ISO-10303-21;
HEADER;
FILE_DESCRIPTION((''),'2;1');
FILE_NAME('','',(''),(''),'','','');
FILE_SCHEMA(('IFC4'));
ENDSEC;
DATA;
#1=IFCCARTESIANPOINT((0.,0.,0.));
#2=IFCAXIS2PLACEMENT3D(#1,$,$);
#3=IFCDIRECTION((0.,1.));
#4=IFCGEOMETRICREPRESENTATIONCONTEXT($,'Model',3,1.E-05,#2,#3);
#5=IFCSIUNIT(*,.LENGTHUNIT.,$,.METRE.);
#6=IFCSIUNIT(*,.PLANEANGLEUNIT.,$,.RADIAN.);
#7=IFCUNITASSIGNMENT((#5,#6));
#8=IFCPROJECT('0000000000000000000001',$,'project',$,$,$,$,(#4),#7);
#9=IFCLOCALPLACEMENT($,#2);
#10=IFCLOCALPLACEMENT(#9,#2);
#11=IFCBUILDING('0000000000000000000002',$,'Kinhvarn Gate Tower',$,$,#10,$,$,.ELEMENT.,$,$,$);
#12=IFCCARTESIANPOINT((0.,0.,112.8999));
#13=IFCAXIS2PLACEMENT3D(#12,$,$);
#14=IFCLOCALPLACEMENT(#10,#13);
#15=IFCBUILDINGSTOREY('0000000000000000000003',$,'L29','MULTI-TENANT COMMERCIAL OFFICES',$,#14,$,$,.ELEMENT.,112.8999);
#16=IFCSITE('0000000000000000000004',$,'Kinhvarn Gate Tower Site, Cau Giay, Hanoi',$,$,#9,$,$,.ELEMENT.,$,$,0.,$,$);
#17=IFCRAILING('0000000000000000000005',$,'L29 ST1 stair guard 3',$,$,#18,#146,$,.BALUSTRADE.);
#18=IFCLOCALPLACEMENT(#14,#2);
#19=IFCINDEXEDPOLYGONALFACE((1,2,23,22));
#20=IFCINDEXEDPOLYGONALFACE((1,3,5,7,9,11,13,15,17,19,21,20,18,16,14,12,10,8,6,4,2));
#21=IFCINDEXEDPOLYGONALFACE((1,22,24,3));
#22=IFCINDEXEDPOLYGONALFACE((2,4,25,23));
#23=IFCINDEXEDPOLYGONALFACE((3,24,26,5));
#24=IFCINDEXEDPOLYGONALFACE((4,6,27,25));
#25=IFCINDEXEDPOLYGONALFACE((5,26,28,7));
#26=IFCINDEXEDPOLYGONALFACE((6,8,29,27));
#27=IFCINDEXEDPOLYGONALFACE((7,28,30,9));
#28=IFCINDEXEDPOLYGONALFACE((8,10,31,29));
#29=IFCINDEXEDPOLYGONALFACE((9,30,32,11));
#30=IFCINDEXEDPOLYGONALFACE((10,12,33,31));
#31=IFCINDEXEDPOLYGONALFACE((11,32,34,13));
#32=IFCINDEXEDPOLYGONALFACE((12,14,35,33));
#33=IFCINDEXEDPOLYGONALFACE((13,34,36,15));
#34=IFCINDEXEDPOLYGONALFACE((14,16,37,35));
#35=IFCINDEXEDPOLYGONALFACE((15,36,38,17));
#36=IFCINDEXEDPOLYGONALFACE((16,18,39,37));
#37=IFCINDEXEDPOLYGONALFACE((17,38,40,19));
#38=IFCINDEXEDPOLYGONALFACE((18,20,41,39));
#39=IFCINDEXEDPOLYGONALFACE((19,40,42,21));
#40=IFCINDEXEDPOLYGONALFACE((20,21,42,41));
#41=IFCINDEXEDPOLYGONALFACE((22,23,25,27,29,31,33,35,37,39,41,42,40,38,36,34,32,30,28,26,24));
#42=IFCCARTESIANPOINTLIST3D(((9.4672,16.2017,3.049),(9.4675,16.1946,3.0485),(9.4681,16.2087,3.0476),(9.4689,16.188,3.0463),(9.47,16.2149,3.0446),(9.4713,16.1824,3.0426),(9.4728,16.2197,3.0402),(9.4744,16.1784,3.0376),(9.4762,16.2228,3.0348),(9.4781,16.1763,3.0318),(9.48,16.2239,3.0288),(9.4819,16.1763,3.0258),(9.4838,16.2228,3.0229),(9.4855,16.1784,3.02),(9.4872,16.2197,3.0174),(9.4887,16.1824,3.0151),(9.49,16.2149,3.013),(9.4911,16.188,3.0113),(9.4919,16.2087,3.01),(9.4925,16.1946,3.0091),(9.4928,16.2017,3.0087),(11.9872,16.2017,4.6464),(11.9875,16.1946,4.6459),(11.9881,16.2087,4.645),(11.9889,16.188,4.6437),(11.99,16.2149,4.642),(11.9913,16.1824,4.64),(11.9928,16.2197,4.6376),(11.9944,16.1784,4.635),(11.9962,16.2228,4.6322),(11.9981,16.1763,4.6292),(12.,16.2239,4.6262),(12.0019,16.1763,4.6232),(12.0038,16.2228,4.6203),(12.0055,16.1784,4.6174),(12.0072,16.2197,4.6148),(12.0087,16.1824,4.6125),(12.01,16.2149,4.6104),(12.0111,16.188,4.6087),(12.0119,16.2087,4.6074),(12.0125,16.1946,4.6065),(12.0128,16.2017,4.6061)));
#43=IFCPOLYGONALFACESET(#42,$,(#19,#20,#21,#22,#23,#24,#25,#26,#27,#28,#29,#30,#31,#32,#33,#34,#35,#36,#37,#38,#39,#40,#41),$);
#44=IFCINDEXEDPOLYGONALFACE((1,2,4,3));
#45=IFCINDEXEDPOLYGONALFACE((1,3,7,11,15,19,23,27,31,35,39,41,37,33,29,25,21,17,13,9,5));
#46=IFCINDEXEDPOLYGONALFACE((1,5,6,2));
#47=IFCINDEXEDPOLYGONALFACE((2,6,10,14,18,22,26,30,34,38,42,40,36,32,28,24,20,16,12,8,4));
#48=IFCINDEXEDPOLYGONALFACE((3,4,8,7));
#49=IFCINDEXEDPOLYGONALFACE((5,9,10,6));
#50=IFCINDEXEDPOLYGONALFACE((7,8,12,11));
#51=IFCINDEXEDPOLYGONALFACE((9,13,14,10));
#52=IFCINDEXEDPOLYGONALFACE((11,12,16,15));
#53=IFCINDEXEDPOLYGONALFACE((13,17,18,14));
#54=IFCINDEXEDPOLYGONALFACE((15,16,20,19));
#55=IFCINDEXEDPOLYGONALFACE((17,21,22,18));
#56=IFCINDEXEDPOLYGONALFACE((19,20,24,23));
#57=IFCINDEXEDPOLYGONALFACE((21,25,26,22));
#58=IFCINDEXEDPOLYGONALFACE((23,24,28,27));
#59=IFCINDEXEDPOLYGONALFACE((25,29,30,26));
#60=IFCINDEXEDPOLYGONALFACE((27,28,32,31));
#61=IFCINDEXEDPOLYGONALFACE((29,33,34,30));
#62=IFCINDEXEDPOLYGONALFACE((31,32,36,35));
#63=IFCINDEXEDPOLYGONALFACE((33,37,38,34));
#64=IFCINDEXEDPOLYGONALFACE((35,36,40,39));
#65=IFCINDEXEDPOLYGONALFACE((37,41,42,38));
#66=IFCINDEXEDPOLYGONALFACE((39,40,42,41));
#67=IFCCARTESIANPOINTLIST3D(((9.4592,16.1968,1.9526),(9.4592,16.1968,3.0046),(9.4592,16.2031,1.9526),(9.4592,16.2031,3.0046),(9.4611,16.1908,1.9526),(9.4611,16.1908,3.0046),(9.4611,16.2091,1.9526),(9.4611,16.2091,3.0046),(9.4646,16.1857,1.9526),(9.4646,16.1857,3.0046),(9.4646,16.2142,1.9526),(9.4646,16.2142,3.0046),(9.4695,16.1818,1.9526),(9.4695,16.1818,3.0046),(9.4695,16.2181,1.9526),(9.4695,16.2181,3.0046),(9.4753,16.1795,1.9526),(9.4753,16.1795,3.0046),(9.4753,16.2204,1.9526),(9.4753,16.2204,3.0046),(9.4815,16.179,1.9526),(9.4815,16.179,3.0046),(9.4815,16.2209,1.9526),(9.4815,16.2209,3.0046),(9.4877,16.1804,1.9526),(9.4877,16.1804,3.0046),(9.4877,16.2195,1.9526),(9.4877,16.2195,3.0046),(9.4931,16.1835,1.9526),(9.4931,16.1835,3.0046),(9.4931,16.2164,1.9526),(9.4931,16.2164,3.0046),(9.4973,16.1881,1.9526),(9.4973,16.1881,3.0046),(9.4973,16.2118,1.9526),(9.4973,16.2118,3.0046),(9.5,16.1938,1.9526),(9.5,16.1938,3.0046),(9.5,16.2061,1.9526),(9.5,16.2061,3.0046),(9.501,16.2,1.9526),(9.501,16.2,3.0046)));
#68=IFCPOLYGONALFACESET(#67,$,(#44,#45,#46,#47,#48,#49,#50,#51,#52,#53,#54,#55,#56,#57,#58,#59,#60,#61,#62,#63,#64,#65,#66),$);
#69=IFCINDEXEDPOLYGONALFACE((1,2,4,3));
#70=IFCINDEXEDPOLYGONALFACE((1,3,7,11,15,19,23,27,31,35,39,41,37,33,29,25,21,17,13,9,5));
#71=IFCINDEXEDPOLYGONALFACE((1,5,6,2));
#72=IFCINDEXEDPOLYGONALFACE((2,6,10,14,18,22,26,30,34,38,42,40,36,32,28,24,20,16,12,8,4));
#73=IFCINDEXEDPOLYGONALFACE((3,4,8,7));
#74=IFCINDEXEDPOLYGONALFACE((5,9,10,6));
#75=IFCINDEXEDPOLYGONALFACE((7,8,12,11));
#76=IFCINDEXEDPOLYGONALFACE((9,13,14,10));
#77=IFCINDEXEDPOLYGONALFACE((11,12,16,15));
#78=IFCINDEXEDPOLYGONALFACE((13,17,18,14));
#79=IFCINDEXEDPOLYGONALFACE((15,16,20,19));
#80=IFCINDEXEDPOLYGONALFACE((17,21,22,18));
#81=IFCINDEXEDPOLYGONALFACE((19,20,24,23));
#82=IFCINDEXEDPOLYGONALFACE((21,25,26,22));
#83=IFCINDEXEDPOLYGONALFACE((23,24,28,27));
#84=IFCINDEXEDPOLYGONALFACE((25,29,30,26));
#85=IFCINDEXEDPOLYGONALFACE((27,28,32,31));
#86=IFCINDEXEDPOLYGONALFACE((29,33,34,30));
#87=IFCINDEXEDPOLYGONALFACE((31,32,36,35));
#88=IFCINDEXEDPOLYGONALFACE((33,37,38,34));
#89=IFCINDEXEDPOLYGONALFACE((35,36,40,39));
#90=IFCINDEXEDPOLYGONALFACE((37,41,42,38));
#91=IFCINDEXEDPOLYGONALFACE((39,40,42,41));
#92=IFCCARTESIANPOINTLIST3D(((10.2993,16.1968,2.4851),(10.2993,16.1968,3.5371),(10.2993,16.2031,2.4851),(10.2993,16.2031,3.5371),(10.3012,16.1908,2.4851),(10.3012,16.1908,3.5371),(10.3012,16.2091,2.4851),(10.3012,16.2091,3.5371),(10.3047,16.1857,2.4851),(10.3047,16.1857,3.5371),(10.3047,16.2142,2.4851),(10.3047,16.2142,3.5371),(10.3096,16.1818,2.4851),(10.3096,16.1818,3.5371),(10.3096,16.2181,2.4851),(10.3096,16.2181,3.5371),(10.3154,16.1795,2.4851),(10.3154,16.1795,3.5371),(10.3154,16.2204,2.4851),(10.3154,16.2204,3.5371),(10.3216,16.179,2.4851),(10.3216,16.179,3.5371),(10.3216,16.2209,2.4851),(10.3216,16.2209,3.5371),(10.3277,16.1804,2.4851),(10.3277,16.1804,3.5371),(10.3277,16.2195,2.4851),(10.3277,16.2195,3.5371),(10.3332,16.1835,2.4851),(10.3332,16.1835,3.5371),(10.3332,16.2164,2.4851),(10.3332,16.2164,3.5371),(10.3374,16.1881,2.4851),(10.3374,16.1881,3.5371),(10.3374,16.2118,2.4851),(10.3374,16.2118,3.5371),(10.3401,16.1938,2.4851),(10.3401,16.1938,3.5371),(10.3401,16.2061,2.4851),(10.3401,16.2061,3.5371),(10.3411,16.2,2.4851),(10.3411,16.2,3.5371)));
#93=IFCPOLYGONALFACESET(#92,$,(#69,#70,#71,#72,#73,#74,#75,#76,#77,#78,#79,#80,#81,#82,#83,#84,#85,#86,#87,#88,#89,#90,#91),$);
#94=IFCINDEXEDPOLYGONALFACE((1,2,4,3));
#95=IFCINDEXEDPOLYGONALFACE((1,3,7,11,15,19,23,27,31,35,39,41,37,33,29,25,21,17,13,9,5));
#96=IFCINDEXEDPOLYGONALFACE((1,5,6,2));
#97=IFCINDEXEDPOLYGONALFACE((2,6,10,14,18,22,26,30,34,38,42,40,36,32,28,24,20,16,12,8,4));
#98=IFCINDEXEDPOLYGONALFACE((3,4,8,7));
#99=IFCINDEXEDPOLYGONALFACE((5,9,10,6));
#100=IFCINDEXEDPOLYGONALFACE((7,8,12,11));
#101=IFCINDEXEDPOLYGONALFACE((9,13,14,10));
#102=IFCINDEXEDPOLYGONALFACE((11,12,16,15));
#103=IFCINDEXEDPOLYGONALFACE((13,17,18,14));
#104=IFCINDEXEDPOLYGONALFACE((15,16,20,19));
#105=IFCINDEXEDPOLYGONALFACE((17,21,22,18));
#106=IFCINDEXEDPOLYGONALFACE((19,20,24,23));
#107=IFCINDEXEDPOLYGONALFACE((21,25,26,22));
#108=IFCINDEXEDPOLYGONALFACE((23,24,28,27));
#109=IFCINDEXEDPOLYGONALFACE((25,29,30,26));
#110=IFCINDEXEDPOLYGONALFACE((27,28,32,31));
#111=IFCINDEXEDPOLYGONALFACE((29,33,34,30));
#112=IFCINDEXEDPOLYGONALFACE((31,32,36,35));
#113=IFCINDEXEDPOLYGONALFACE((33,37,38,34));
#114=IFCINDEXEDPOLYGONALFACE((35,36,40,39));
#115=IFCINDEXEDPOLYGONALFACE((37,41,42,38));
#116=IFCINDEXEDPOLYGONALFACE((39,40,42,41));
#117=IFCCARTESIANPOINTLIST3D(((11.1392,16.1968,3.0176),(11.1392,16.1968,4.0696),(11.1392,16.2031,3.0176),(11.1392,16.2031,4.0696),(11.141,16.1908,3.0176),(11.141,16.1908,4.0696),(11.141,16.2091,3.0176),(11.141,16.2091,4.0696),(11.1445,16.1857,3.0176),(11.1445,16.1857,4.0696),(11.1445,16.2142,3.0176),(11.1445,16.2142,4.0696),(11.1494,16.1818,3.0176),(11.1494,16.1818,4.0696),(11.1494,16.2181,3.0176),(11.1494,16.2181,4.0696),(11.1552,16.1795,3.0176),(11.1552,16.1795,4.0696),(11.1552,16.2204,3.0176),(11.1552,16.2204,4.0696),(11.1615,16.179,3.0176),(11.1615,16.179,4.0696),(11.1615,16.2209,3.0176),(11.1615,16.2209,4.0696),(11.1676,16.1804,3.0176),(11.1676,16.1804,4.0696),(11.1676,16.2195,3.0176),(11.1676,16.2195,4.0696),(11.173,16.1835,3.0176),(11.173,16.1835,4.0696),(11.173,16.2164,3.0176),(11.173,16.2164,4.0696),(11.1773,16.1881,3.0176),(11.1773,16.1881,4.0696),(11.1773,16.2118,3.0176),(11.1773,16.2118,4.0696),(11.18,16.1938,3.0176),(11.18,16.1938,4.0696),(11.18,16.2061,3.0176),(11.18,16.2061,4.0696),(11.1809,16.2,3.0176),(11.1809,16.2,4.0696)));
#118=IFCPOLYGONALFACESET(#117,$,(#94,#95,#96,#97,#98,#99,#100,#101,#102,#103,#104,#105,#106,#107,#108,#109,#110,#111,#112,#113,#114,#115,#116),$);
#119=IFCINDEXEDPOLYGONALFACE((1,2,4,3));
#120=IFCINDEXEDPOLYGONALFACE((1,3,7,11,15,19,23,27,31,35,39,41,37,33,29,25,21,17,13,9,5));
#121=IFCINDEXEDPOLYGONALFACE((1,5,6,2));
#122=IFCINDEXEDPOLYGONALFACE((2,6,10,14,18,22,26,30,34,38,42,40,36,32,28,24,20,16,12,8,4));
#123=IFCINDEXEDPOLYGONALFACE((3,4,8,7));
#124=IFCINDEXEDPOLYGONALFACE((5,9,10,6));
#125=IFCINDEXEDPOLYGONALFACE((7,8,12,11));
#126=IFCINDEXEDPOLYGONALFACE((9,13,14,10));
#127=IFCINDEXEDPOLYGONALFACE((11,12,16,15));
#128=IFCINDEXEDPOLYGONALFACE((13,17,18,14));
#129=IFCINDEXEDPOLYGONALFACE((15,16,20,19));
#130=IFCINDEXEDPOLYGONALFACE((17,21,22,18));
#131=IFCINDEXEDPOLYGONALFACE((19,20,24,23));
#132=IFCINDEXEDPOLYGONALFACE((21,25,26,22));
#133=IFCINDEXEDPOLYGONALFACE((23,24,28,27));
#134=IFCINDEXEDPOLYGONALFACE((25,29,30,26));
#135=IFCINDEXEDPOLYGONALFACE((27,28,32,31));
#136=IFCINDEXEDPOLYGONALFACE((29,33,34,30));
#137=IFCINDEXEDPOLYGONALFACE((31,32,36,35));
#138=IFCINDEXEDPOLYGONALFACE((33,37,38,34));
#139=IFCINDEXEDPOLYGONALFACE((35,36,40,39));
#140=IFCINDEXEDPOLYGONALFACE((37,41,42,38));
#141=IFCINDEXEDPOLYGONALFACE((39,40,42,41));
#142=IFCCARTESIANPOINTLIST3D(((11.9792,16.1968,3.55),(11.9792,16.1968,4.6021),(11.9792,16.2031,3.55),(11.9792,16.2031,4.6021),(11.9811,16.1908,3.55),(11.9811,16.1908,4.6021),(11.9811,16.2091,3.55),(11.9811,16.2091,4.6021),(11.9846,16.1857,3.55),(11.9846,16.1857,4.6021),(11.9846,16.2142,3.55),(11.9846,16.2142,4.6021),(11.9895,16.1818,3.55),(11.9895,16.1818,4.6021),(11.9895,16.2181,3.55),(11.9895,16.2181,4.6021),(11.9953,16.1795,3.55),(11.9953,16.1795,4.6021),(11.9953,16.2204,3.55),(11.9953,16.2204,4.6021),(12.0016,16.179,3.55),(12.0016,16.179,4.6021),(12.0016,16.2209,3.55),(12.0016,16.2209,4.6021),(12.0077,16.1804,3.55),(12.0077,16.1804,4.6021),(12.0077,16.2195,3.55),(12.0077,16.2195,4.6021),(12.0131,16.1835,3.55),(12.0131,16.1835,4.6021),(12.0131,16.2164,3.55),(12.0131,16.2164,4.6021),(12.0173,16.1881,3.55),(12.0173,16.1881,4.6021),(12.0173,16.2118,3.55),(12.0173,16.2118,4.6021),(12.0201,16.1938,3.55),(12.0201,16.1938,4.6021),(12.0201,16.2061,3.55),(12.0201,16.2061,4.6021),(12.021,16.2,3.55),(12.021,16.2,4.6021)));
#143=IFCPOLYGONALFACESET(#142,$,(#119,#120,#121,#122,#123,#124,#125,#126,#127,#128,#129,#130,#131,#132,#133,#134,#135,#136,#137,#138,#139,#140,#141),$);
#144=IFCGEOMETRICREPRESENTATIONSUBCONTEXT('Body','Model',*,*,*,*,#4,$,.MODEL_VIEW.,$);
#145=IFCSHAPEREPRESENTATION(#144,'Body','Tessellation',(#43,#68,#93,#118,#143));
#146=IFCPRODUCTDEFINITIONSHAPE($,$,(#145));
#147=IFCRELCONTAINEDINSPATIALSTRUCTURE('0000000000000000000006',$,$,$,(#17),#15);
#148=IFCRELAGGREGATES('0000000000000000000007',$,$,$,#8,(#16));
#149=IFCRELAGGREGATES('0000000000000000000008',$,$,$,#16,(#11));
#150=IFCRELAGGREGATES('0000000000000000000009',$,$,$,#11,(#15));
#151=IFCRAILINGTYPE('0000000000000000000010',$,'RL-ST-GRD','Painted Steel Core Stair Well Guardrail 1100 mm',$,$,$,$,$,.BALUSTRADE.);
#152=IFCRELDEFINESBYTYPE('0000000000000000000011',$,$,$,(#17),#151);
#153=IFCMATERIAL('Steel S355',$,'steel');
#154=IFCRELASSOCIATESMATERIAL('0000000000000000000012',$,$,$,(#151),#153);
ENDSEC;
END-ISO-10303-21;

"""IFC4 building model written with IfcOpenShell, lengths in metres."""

from ifc_helpers import new_model, si_unit, direction, frame, origin, origin_2d, place, context, subcontext, project, spatial, circle, extrude, material, type_object, element, save


model = new_model("IFC4")

# Units and contexts
model_context = context("Model", 3, precision=1e-05, world=origin(), true_north=direction((0.0, 1.0)))
body_context = subcontext(model_context, "Body", "Model", "MODEL_VIEW")
ifc_project = project(units=[si_unit("LENGTHUNIT", "METRE"), si_unit("PLANEANGLEUNIT", "RADIAN")], contexts=[model_context])

# Site, building, storey
site_placement = place(None, origin())
site = spatial("IfcSite", under=ifc_project, at=site_placement, Name="Kinhvarn Gate Tower Site, Cau Giay, Hanoi", CompositionType="ELEMENT", RefElevation=0.0)
building_placement = place(site_placement, origin())
building = spatial("IfcBuilding", under=site, at=building_placement, Name="Kinhvarn Gate Tower", CompositionType="ELEMENT")
storey_placement = place(building_placement, frame((0.0, 0.0, 112.8999)))
storey = spatial("IfcBuildingStorey", under=building, at=storey_placement, Name="L29", Description="MULTI-TENANT COMMERCIAL OFFICES", CompositionType="ELEMENT", Elevation=112.8999)

# Shared definitions
ifc_material_1 = material(Name="Steel S355", Category="steel")

# Railing
railing_type_1 = type_object("IfcRailingType", Name="RL-ST-GRD", Description="Painted Steel Core Stair Well Guardrail 1100 mm", PredefinedType="BALUSTRADE", material=ifc_material_1)
railing_1_placement = place(storey_placement, frame((9.48, 16.2, 1.9526)))
element("IfcRailing", 1, at=railing_1_placement, inside=storey, type_object=railing_type_1, Name="L29 ST1 stair guard 3", PredefinedType="BALUSTRADE", context=body_context, shape_type="SweptSolid", body=[
    extrude(circle(Radius=0.0239, at=origin_2d()), frame((0.0, 0.0, 1.0762), z_axis=(0.844607, 0.0, 0.535387), x_axis=(0.0, 1.0, 0.0)), (0.0, 0.0, 1.0), 2.9836),
    extrude(circle(Radius=0.021, at=origin_2d()), origin(), (0.0, 0.0, 1.0), 1.052),
    extrude(circle(Radius=0.021, at=origin_2d()), frame((0.8401, 0.0, 0.5325)), (0.0, 0.0, 1.0), 1.052),
    extrude(circle(Radius=0.021, at=origin_2d()), frame((1.6799, 0.0, 1.0649)), (0.0, 0.0, 1.0), 1.052),
    extrude(circle(Radius=0.021, at=origin_2d()), frame((2.52, 0.0, 1.5974)), (0.0, 0.0, 1.0), 1.052),
])

save(model, "model.ifc")
